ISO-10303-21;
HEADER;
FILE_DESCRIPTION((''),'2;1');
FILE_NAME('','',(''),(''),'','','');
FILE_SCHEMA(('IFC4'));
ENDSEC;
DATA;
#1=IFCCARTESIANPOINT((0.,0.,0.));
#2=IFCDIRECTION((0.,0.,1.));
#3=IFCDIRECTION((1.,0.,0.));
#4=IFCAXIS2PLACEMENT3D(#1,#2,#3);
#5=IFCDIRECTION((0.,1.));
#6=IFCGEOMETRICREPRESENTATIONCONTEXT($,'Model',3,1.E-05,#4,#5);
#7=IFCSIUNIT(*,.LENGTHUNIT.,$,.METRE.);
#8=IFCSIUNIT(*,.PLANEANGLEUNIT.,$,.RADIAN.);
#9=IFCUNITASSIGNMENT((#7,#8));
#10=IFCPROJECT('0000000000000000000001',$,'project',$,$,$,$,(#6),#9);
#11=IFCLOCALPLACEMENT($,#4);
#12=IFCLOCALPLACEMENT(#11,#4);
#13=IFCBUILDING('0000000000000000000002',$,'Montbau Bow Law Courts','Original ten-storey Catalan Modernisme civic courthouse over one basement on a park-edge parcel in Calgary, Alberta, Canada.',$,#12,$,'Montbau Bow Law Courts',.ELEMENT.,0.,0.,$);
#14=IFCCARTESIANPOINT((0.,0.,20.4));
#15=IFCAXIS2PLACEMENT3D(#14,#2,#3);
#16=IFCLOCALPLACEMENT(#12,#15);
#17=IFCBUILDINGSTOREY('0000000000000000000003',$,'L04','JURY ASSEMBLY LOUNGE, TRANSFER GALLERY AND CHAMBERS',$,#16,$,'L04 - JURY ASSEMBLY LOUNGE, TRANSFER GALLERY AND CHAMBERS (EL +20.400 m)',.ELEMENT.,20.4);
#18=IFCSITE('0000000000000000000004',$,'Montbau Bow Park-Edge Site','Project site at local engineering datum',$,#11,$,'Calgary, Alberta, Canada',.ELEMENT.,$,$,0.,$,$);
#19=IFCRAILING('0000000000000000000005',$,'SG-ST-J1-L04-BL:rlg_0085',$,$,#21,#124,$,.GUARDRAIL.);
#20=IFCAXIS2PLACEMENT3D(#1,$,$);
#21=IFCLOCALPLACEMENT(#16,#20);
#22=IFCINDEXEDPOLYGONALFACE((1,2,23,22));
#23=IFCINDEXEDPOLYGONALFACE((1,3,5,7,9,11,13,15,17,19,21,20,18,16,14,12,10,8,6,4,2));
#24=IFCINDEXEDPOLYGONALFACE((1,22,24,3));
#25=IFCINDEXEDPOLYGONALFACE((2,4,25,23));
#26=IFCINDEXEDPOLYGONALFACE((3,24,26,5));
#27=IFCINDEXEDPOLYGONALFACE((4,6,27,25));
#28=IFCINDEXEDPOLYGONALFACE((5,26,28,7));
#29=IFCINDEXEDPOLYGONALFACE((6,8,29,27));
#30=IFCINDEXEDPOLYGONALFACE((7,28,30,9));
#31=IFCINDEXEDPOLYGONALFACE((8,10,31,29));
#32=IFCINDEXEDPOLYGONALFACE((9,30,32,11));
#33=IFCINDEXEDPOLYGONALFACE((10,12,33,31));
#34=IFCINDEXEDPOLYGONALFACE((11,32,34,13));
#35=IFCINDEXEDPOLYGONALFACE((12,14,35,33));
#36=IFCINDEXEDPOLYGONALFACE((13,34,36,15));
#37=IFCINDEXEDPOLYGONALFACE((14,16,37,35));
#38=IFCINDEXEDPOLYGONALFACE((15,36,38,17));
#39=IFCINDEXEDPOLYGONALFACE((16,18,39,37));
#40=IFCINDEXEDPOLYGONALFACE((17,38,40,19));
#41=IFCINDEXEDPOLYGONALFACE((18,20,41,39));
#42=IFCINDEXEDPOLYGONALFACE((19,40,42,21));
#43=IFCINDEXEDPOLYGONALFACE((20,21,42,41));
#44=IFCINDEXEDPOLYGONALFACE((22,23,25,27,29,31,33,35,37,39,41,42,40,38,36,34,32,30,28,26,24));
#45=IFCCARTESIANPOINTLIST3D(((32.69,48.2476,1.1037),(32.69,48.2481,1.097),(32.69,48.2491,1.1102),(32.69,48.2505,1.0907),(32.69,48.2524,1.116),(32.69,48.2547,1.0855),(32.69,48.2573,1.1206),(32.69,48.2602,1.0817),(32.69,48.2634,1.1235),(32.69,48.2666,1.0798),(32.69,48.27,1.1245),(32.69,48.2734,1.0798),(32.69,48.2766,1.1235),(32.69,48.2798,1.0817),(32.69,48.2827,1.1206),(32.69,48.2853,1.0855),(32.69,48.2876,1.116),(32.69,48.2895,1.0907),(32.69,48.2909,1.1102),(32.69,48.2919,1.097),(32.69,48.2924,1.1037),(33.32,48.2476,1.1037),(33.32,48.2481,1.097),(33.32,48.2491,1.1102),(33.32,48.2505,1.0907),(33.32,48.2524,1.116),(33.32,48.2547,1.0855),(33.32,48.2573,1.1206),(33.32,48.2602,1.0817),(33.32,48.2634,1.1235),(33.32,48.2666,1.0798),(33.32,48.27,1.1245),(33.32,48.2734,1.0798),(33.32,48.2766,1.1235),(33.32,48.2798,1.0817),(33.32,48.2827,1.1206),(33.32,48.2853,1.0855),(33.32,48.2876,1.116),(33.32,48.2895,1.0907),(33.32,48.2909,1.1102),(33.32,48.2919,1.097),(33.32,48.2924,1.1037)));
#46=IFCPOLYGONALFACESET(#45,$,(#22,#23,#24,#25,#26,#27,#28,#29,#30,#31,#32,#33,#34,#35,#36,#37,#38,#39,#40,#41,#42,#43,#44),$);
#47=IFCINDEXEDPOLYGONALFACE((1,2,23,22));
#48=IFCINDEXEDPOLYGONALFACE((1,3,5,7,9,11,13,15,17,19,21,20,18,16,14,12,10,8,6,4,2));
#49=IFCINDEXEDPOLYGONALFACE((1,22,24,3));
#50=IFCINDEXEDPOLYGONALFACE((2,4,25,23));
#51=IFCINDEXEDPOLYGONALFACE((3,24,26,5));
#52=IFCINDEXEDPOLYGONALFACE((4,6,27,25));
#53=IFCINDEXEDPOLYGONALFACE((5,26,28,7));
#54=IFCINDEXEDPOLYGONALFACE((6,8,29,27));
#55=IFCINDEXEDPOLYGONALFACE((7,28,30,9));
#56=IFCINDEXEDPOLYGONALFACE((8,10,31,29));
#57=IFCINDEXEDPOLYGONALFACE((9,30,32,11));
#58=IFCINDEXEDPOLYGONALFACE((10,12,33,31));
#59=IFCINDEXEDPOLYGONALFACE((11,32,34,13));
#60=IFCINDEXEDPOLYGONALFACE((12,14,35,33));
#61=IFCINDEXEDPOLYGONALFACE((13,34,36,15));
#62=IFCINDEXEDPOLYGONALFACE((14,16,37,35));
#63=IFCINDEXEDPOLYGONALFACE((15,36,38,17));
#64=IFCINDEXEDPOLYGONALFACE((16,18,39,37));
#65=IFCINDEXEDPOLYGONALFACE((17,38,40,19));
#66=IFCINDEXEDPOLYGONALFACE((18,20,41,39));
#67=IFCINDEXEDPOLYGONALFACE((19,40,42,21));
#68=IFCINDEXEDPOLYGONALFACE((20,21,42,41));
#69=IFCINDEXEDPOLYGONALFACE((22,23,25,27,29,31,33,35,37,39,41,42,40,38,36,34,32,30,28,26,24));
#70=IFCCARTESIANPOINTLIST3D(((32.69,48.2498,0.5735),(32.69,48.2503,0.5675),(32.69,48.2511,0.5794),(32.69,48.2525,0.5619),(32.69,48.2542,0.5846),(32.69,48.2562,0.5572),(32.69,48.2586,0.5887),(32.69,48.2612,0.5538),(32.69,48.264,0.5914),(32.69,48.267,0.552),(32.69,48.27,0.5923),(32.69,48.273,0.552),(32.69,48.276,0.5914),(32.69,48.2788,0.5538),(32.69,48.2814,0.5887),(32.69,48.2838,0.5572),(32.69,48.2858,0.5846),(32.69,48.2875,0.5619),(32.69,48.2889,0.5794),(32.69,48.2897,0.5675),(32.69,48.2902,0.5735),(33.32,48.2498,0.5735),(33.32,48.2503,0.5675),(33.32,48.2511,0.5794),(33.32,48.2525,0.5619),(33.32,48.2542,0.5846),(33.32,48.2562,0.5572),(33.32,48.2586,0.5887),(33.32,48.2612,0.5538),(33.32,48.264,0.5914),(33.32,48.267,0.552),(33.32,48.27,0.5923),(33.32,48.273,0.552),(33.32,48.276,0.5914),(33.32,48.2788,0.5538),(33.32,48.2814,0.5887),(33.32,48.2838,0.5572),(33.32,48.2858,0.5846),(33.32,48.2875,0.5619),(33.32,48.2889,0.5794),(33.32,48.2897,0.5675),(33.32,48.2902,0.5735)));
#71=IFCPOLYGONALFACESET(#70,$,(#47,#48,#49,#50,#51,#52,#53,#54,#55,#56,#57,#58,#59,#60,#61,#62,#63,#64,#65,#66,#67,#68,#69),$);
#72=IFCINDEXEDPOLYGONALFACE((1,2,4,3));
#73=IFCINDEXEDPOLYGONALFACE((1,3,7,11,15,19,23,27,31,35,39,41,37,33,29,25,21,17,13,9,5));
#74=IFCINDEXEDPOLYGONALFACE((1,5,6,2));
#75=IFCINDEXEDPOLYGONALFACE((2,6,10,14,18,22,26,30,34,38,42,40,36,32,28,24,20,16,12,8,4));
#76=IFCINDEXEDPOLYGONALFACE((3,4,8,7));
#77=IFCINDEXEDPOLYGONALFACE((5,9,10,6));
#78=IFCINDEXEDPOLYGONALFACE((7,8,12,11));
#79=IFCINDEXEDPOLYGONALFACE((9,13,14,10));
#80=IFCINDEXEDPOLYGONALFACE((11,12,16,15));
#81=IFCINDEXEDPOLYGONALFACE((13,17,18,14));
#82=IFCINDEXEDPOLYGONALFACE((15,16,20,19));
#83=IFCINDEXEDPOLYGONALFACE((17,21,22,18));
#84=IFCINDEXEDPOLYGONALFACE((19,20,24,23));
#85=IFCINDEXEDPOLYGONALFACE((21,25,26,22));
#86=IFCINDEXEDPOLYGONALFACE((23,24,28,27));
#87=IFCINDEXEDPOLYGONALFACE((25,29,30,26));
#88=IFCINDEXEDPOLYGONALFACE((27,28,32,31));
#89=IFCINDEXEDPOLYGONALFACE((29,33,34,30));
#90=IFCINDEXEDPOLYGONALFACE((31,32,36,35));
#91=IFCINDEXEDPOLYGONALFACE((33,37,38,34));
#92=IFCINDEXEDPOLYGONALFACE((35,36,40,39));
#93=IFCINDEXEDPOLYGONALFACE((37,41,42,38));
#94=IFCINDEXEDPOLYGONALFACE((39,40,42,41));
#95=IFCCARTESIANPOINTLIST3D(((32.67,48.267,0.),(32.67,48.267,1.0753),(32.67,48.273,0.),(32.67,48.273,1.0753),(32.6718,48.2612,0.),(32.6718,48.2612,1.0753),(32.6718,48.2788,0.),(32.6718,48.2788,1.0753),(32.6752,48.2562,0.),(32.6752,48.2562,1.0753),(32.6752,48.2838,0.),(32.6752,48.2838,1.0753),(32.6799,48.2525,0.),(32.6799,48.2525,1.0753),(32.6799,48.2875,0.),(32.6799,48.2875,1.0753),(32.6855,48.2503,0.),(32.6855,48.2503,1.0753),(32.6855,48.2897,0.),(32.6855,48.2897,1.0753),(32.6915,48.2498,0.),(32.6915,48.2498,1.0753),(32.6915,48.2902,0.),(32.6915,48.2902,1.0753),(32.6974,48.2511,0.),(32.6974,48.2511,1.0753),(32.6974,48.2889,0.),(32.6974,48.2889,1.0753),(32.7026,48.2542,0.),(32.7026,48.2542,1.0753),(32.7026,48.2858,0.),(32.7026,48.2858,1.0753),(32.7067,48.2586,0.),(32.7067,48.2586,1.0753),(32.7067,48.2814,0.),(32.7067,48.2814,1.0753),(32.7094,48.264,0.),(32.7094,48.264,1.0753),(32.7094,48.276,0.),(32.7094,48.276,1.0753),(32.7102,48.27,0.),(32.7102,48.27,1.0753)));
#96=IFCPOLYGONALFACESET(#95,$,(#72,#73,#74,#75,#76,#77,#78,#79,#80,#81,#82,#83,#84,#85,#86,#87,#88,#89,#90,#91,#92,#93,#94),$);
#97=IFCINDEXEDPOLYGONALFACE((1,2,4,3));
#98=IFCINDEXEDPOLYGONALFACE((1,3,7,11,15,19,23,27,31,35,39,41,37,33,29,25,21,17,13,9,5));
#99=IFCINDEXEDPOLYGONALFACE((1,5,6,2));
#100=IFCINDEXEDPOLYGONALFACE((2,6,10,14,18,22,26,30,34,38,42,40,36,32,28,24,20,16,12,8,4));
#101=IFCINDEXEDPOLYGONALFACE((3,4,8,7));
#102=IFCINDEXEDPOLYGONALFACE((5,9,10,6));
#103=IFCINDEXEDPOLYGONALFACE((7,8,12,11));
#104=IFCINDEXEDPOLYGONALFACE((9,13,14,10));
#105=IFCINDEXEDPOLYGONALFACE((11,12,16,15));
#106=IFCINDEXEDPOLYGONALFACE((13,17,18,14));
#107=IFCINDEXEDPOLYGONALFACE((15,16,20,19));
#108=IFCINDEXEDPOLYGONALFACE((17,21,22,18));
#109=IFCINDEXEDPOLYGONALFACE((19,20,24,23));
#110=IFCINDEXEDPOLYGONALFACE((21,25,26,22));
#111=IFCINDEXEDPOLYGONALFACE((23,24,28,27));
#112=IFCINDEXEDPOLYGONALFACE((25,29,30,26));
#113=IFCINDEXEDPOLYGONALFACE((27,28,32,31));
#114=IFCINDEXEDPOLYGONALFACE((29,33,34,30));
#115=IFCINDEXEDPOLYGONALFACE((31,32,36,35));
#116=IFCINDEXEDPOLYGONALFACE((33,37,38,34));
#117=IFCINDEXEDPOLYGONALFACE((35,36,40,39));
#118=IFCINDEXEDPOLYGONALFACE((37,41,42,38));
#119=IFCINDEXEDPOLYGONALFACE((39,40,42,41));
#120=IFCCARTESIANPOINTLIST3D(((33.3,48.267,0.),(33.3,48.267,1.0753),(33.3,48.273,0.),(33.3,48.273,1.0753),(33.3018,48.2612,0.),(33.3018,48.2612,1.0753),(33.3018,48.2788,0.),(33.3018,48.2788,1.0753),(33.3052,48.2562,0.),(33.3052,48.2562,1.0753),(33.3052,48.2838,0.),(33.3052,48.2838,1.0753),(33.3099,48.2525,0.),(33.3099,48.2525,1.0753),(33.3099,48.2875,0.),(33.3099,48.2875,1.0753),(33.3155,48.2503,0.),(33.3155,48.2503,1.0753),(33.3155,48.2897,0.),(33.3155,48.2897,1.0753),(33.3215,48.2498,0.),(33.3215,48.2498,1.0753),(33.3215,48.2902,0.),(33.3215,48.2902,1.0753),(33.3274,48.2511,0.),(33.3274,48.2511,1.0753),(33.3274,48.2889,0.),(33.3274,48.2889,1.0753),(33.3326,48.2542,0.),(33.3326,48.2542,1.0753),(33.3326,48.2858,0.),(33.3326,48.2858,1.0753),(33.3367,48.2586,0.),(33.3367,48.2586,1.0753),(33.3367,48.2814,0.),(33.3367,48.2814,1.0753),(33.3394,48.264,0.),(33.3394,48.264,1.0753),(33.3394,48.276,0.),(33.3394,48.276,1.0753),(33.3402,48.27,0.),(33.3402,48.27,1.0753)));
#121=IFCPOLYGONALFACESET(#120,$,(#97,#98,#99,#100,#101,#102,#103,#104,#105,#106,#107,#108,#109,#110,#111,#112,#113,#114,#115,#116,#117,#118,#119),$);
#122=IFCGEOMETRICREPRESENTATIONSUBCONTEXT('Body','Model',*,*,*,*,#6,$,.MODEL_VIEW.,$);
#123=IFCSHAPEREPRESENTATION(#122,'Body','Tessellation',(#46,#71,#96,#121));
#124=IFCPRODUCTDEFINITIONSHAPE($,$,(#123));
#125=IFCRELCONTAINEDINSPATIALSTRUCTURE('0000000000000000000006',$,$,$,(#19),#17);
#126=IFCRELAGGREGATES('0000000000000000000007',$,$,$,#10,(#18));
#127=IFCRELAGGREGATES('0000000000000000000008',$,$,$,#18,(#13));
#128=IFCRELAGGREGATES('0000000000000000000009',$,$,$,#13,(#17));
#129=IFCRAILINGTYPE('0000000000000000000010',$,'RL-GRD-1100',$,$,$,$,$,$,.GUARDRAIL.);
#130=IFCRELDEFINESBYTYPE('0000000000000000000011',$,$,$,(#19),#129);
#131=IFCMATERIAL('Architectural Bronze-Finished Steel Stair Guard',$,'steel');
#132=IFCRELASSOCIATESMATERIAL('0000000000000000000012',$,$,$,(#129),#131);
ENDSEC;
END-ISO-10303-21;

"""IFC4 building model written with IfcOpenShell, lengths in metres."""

from ifc_helpers import new_model, si_unit, direction, frame, origin_with_axes, origin_2d_with_axis, place, context, subcontext, project, spatial, circle, extrude, material, type_object, element, save


model = new_model("IFC4")

# Units and contexts
model_context = context("Model", 3, precision=1e-05, world=origin_with_axes(), true_north=direction((0.0, 1.0)))
body_context = subcontext(model_context, "Body", "Model", "MODEL_VIEW")
ifc_project = project(units=[si_unit("LENGTHUNIT", "METRE"), si_unit("PLANEANGLEUNIT", "RADIAN")], contexts=[model_context])

# Site, building, storey
site_placement = place(None, origin_with_axes())
site = spatial("IfcSite", under=ifc_project, at=site_placement, Name="Montbau Bow Park-Edge Site", Description="Project site at local engineering datum", LongName="Calgary, Alberta, Canada", CompositionType="ELEMENT", RefElevation=0.0)
building_placement = place(site_placement, origin_with_axes())
building = spatial("IfcBuilding", under=site, at=building_placement, Name="Montbau Bow Law Courts", Description="Original ten-storey Catalan Modernisme civic courthouse over one basement on a park-edge parcel in Calgary, Alberta, Canada.", LongName="Montbau Bow Law Courts", CompositionType="ELEMENT", ElevationOfRefHeight=0.0, ElevationOfTerrain=0.0)
storey_placement = place(building_placement, frame((0.0, 0.0, 20.4), z_axis=(0.0, 0.0, 1.0), x_axis=(1.0, 0.0, 0.0)))
storey = spatial("IfcBuildingStorey", under=building, at=storey_placement, Name="L04", Description="JURY ASSEMBLY LOUNGE, TRANSFER GALLERY AND CHAMBERS", LongName="L04 - JURY ASSEMBLY LOUNGE, TRANSFER GALLERY AND CHAMBERS (EL +20.400 m)", CompositionType="ELEMENT", Elevation=20.4)

# Railing
ifc_material_1 = material(Name="Architectural Bronze-Finished Steel Stair Guard", Category="steel")
railing_type_1 = type_object("IfcRailingType", Name="RL-GRD-1100", PredefinedType="GUARDRAIL", material=ifc_material_1)
railing_1_placement = place(None, origin_with_axes())
element("IfcRailing", 1, at=railing_1_placement, inside=storey, type_object=railing_type_1, Name="SG-ST-J1-L04-BL:rlg_0085", PredefinedType="GUARDRAIL", context=body_context, shape_type="SweptSolid", body=[
    extrude(circle(Radius=0.0225, at=origin_2d_with_axis()), frame((32.69, 48.27, 21.502), z_axis=(1.0, 0.0, 0.0), x_axis=(0.0, 0.0, 1.0)), (0.0, 0.0, 1.0), 0.63),
    extrude(circle(Radius=0.0203, at=origin_2d_with_axis()), frame((32.69, 48.27, 20.972), z_axis=(1.0, 0.0, 0.0), x_axis=(0.0, 0.0, 1.0)), (0.0, 0.0, 1.0), 0.63),
    extrude(circle(Radius=0.0203, at=origin_2d_with_axis()), frame((32.69, 48.27, 20.4), z_axis=(0.0, 0.0, 1.0), x_axis=(1.0, 0.0, 0.0)), (0.0, 0.0, 1.0), 1.0753),
    extrude(circle(Radius=0.0203, at=origin_2d_with_axis()), frame((33.32, 48.27, 20.4), z_axis=(0.0, 0.0, 1.0), x_axis=(1.0, 0.0, 0.0)), (0.0, 0.0, 1.0), 1.0753),
])

save(model, "model.ifc")
